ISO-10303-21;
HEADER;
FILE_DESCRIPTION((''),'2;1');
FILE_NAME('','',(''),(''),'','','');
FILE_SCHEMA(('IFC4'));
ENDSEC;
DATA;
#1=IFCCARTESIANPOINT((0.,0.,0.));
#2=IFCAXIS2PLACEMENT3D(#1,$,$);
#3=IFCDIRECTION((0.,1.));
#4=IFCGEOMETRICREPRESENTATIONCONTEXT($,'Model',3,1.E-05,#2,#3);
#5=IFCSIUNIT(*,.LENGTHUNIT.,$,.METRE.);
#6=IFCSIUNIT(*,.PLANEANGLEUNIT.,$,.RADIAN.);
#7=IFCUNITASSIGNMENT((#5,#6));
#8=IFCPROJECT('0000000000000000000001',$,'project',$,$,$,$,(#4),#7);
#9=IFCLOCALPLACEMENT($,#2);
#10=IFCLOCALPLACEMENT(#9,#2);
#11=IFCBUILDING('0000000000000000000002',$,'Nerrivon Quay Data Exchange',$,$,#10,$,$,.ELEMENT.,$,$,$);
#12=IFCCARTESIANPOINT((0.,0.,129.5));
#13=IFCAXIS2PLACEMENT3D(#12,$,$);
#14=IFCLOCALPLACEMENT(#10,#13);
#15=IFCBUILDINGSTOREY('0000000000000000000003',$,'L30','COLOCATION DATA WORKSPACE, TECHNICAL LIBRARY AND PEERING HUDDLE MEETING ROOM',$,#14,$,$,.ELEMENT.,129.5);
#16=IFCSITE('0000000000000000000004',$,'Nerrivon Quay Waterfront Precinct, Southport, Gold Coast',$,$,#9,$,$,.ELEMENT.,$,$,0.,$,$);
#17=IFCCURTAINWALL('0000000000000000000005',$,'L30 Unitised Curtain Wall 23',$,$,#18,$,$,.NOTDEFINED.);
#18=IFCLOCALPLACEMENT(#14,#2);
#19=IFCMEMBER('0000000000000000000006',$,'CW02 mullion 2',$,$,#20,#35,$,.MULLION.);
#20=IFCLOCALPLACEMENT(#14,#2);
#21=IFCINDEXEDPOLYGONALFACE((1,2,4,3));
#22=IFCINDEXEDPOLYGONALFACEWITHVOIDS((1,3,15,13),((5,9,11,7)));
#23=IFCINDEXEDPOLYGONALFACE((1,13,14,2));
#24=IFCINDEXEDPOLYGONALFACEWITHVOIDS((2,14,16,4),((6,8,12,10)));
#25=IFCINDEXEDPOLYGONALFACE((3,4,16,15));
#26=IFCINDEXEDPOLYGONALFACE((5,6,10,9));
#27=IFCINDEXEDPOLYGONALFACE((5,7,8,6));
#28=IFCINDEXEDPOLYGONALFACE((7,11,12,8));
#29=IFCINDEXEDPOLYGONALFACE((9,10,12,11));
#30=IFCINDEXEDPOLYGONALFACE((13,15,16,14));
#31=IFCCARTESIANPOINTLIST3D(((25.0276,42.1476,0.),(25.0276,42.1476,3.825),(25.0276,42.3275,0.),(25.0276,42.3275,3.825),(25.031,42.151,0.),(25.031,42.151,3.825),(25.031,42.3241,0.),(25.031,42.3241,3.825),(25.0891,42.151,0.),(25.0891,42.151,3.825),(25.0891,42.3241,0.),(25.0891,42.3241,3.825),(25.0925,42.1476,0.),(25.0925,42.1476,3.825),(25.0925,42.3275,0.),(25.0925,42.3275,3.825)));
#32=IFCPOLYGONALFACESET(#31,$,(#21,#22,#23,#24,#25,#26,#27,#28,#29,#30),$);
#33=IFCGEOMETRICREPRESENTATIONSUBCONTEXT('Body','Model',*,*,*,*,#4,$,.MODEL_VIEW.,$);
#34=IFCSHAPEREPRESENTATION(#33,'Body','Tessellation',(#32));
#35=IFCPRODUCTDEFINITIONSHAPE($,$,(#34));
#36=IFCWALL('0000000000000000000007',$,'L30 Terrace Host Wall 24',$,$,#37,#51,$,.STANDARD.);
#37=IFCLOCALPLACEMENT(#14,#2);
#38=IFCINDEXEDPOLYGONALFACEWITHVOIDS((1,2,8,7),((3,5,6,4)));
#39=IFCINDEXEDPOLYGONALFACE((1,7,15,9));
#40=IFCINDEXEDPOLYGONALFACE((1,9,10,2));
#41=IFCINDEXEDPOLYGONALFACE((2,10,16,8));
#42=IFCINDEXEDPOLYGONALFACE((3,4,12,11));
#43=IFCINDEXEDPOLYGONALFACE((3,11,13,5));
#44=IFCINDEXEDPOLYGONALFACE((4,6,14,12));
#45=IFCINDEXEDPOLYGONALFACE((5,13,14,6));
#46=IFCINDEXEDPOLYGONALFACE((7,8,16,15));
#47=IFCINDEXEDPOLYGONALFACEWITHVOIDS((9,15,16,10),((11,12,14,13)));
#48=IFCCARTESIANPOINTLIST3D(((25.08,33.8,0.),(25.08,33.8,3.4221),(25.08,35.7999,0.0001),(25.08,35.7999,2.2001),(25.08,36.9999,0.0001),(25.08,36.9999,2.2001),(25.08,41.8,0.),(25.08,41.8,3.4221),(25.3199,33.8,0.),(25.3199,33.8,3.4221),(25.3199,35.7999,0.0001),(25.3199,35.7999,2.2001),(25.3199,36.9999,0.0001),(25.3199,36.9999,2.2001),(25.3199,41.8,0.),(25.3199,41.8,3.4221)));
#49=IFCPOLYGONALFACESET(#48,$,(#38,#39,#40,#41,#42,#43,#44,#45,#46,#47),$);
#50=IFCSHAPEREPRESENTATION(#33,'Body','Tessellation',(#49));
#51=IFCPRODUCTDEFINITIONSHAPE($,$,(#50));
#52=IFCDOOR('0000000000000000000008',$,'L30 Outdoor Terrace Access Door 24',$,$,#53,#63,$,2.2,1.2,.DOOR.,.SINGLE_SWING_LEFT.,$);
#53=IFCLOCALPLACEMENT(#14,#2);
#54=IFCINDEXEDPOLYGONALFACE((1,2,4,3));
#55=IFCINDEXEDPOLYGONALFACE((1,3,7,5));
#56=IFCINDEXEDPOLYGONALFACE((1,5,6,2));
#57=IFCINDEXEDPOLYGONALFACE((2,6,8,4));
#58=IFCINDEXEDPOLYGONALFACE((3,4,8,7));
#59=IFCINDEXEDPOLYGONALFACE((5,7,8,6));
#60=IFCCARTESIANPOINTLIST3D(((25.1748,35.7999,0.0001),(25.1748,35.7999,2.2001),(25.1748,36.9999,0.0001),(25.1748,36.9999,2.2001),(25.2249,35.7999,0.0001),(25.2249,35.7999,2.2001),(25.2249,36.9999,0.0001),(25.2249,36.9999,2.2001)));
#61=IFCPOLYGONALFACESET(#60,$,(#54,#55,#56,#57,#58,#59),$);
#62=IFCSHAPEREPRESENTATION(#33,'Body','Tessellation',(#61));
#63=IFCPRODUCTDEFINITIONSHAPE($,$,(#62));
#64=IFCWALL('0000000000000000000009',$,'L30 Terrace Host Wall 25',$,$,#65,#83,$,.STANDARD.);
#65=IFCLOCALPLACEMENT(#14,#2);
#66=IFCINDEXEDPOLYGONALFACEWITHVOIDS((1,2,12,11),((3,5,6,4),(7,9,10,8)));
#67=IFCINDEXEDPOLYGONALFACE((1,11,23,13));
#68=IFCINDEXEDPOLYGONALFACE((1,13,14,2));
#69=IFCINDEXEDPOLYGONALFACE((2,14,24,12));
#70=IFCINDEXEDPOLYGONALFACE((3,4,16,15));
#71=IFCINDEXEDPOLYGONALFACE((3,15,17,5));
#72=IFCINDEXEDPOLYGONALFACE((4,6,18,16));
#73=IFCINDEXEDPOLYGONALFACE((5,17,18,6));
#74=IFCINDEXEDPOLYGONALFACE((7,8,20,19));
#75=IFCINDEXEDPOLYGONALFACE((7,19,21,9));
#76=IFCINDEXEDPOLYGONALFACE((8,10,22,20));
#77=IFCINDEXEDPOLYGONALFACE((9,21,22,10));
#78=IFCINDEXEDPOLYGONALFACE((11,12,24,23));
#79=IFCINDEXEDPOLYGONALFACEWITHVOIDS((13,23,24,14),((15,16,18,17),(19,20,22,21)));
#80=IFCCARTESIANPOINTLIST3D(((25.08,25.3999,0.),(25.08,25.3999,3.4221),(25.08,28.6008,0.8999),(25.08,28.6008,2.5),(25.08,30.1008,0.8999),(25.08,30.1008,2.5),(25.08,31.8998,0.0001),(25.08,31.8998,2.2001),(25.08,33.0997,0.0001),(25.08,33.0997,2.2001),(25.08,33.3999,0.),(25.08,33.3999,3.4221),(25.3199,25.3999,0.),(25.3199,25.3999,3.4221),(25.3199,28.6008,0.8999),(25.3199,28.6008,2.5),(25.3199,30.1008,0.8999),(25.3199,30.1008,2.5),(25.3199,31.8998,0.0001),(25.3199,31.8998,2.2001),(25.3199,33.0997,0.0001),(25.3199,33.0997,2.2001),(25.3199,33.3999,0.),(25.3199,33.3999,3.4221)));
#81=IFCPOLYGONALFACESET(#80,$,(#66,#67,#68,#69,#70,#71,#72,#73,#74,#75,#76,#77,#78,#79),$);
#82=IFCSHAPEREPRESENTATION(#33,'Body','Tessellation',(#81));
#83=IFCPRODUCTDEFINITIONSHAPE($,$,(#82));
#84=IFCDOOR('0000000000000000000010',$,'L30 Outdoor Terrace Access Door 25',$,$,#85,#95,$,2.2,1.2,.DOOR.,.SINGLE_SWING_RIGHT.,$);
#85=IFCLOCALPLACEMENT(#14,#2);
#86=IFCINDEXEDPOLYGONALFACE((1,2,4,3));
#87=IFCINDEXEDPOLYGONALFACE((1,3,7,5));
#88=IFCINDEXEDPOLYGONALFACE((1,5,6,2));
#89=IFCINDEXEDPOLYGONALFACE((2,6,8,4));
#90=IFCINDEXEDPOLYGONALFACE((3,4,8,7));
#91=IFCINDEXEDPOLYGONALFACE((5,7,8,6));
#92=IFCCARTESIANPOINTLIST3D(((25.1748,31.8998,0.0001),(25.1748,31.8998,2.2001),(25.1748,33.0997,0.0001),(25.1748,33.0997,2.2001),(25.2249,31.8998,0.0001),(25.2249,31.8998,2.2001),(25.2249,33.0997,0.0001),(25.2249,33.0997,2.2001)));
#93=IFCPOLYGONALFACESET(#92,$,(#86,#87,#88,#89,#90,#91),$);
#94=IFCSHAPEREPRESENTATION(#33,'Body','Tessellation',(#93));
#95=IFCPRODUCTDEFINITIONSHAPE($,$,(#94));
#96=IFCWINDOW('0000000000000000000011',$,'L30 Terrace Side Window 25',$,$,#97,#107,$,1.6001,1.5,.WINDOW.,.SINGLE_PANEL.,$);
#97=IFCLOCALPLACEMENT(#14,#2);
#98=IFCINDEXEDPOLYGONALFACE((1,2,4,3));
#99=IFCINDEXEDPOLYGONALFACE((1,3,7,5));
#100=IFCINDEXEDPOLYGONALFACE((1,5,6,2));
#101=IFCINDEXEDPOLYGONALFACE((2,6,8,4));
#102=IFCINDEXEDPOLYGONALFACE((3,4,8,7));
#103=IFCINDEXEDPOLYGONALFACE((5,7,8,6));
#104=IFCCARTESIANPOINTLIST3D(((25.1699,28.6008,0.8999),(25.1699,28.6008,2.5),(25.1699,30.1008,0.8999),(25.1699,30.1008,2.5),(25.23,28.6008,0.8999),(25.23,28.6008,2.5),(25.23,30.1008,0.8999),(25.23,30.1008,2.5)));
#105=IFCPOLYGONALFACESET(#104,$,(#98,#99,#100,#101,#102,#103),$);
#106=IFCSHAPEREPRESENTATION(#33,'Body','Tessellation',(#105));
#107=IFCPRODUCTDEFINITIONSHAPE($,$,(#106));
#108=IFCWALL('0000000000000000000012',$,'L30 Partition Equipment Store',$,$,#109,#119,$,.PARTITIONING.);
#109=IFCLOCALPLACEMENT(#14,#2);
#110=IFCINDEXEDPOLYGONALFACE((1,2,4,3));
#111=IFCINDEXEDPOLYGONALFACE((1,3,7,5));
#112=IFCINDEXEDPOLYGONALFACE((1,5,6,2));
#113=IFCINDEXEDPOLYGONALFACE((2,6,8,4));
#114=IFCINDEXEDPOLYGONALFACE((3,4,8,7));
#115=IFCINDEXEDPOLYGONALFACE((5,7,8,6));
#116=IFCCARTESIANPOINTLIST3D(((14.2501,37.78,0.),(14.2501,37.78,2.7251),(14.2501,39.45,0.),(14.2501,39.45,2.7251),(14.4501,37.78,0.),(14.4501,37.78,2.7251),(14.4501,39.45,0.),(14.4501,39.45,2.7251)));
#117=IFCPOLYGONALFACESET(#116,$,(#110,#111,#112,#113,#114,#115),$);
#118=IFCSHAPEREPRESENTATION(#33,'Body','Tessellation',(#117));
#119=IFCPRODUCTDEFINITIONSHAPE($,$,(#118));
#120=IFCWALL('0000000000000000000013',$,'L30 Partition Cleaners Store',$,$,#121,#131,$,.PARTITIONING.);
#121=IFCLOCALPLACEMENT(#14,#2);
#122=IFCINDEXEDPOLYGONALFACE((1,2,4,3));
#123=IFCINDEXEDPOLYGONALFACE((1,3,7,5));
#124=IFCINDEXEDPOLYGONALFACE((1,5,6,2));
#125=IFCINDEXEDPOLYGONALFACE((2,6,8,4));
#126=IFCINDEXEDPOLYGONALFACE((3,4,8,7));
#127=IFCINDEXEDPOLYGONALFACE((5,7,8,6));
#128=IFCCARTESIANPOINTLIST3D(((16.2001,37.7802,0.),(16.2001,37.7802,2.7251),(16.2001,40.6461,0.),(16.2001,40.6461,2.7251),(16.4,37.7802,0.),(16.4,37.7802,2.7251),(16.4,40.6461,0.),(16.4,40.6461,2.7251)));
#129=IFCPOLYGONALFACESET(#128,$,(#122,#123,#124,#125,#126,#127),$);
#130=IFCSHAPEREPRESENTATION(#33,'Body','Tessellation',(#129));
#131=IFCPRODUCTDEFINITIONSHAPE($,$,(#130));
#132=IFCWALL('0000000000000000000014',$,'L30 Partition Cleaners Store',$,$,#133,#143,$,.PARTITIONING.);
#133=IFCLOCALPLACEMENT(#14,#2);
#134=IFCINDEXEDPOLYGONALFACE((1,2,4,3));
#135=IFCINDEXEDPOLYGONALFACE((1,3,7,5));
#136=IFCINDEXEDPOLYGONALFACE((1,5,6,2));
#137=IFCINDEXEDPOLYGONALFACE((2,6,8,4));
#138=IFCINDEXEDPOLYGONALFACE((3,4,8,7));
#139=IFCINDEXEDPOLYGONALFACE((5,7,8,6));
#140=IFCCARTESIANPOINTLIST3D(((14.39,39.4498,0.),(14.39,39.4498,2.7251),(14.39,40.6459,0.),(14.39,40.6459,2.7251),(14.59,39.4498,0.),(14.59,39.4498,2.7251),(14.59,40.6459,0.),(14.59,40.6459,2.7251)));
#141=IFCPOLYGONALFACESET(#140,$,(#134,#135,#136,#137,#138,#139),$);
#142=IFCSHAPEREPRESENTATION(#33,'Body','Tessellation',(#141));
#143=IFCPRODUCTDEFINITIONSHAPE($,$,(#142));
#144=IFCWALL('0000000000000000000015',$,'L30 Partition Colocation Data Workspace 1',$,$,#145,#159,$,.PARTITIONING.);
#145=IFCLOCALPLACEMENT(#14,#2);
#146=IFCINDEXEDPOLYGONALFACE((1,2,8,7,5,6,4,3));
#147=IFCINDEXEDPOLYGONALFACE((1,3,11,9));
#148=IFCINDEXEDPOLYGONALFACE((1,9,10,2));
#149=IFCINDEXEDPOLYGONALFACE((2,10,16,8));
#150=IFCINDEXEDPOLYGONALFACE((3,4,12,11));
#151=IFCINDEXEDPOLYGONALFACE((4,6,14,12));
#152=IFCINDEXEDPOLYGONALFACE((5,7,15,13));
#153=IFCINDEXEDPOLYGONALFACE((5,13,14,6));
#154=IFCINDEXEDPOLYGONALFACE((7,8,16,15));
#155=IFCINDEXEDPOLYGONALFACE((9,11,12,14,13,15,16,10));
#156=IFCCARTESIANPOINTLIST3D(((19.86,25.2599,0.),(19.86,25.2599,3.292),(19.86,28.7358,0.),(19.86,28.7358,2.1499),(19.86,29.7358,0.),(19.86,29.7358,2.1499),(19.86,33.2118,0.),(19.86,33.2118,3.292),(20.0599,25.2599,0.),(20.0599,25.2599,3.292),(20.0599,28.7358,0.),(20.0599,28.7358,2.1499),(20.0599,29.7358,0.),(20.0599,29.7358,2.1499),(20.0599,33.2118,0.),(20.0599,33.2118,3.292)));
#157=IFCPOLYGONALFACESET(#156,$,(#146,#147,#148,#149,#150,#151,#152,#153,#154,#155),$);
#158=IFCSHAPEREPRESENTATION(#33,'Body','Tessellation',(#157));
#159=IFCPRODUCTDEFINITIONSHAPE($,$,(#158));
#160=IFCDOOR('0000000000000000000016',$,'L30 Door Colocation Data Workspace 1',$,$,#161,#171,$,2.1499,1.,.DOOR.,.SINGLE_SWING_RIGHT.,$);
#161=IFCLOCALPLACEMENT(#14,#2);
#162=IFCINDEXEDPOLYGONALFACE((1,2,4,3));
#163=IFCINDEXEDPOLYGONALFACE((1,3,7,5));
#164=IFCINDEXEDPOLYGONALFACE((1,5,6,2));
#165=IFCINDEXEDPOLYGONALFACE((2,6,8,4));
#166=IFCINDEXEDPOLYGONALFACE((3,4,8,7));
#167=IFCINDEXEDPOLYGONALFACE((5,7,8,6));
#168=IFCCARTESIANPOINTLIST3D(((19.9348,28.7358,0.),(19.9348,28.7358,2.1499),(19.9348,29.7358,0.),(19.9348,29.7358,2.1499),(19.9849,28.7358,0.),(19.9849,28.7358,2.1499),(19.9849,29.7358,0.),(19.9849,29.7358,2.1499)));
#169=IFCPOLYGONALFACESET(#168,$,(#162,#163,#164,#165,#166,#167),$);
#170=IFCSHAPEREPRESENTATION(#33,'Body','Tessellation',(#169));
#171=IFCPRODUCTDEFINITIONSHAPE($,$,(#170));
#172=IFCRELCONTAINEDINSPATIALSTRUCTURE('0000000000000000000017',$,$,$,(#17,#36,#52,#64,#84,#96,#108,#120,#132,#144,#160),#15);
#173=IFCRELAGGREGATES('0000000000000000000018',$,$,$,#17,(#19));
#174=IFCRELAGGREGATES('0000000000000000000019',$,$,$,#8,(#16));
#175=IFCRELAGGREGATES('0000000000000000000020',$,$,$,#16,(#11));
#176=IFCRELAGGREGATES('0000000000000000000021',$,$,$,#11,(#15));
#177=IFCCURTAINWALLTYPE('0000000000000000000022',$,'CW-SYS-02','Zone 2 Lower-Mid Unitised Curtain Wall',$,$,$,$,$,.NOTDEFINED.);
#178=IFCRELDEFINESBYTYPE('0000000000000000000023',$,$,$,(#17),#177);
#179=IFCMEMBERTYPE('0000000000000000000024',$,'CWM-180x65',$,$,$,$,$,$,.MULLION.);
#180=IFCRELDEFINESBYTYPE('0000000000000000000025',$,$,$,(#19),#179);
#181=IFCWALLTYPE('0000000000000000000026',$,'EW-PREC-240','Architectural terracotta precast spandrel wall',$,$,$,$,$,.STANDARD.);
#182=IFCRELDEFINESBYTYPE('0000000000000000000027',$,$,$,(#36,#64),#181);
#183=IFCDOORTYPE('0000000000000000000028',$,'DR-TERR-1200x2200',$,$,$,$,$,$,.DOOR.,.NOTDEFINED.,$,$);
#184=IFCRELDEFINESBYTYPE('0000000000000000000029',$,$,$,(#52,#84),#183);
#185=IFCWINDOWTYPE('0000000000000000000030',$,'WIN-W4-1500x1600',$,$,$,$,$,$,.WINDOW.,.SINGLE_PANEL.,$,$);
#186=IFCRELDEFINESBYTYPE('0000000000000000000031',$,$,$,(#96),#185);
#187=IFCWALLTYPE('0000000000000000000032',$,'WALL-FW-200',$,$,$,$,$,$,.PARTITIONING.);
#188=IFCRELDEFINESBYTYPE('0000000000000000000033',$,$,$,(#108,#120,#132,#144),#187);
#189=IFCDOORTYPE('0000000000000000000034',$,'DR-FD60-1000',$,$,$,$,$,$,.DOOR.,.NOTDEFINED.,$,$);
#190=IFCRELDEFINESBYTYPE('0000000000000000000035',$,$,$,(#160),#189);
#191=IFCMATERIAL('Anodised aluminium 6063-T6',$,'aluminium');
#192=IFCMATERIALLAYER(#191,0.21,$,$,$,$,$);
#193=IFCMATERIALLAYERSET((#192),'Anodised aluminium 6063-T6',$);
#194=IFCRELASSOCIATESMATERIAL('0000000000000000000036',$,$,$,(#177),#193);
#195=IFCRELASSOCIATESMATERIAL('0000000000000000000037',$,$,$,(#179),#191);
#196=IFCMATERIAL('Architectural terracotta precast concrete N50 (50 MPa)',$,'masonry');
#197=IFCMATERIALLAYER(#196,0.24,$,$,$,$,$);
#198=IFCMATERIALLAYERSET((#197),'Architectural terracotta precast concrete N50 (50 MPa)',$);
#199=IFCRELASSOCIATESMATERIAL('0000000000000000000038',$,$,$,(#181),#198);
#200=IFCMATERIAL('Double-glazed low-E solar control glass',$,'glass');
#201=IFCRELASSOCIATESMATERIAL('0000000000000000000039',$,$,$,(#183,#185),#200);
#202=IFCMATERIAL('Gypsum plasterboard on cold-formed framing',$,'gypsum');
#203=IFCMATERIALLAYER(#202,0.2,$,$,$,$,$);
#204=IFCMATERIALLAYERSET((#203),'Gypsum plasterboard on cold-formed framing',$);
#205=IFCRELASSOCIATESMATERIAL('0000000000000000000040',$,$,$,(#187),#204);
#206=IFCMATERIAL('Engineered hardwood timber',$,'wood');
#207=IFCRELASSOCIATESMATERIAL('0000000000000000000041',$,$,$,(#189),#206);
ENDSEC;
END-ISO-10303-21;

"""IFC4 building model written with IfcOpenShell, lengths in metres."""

from ifc_helpers import new_model, si_unit, direction, frame, frame_2d, origin, origin_2d, place, context, subcontext, project, spatial, rectangle, hollow_rectangle, extrude, material, layer, layer_set, material_profile, profile_set, type_object, element, fill, aggregate, save


model = new_model("IFC4")

# Units and contexts
model_context = context("Model", 3, precision=1e-05, world=origin(), true_north=direction((0.0, 1.0)))
body_context = subcontext(model_context, "Body", "Model", "MODEL_VIEW")
ifc_project = project(units=[si_unit("LENGTHUNIT", "METRE"), si_unit("PLANEANGLEUNIT", "RADIAN")], contexts=[model_context])

# Site, building, storey
site_placement = place(None, origin())
site = spatial("IfcSite", under=ifc_project, at=site_placement, Name="Nerrivon Quay Waterfront Precinct, Southport, Gold Coast", CompositionType="ELEMENT", RefElevation=0.0)
building_placement = place(site_placement, origin())
building = spatial("IfcBuilding", under=site, at=building_placement, Name="Nerrivon Quay Data Exchange", CompositionType="ELEMENT")
storey_placement = place(building_placement, frame((0.0, 0.0, 129.5)))
storey = spatial("IfcBuildingStorey", under=building, at=storey_placement, Name="L30", Description="COLOCATION DATA WORKSPACE, TECHNICAL LIBRARY AND PEERING HUDDLE MEETING ROOM", CompositionType="ELEMENT", Elevation=129.5)

# Curtain wall, member
ifc_material_1 = material(Name="Anodised aluminium 6063-T6", Category="aluminium")
ifc_layer_1 = layer(ifc_material_1, 0.21)
ifc_layer_set_1 = layer_set([ifc_layer_1], Name="Anodised aluminium 6063-T6")
curtain_wall_type = type_object("IfcCurtainWallType", Name="CW-SYS-02", Description="Zone 2 Lower-Mid Unitised Curtain Wall", PredefinedType="NOTDEFINED", material=ifc_layer_set_1)
curtain_wall_placement = place(storey_placement, origin())
curtain_wall = element("IfcCurtainWall", 1, at=curtain_wall_placement, inside=storey, type_object=curtain_wall_type, Name="L30 Unitised Curtain Wall 23", PredefinedType="NOTDEFINED")
ifc_material_profile_1 = material_profile(ifc_material_1, hollow_rectangle(XDim=0.0649, YDim=0.1799, WallThickness=0.0034, at=origin_2d()), Name="ALU-MULL-180x65")
ifc_profile_set_1 = profile_set([ifc_material_profile_1], Name="Anodised aluminium 6063-T6")
member_type = type_object("IfcMemberType", Name="CWM-180x65", PredefinedType="MULLION", material=ifc_profile_set_1)
member_placement = place(storey_placement, frame((25.0601, 42.2375, 0.0), z_axis=(0.0, 0.0, 1.0), x_axis=(1.0, 0.0, 0.0)))
member = element("IfcMember", 2, at=member_placement, type_object=member_type, Name="CW02 mullion 2", PredefinedType="MULLION", context=body_context, shape_type="SweptSolid", body=[
    extrude(hollow_rectangle(XDim=0.0649, YDim=0.1799, WallThickness=0.0034, at=origin_2d()), origin(), (0.0, 0.0, 1.0), 3.825),
])
aggregate(curtain_wall, [member])

# Wall, opening, door
ifc_material_2 = material(Name="Architectural terracotta precast concrete N50 (50 MPa)", Category="masonry")
ifc_layer_2 = layer(ifc_material_2, 0.24)
ifc_layer_set_2 = layer_set([ifc_layer_2], Name="Architectural terracotta precast concrete N50 (50 MPa)")
wall_type_1 = type_object("IfcWallType", Name="EW-PREC-240", Description="Architectural terracotta precast spandrel wall", PredefinedType="STANDARD", material=ifc_layer_set_2)
wall_1_placement = place(storey_placement, frame((25.2, 41.8, 0.0), z_axis=(0.0, 0.0, 1.0), x_axis=(0.0, -1.0, 0.0)))
wall_1 = element("IfcWall", 3, at=wall_1_placement, inside=storey, type_object=wall_type_1, Name="L30 Terrace Host Wall 24", PredefinedType="STANDARD", context=body_context, shape_type="SweptSolid", body=[
    extrude(rectangle(XDim=8.0, YDim=0.24, at=frame_2d((4.0, 0.0))), origin(), (0.0, 0.0, 1.0), 3.4221),
])
opening_1_placement = place(wall_1_placement, frame((4.8, 0.0, 0.0)))
opening_1 = element("IfcOpeningElement", 4, at=opening_1_placement, cuts=wall_1, PredefinedType="OPENING", context=body_context, shape_type="SweptSolid", body=[
    extrude(rectangle(XDim=1.2, YDim=2.2, at=frame_2d((0.6001, 1.1001))), frame((0.0, 0.1299, 0.0), z_axis=(0.0, -1.0, 0.0), x_axis=(1.0, 0.0, 0.0)), (0.0, 0.0, 1.0), 0.26),
])
ifc_material_3 = material(Name="Double-glazed low-E solar control glass", Category="glass")
door_type_1 = type_object("IfcDoorType", Name="DR-TERR-1200x2200", OperationType="NOTDEFINED", PredefinedType="DOOR", material=ifc_material_3)
door_1_placement = place(opening_1_placement, origin())
door_1 = element("IfcDoor", 5, at=door_1_placement, inside=storey, type_object=door_type_1, Name="L30 Outdoor Terrace Access Door 24", OperationType="SINGLE_SWING_LEFT", OverallHeight=2.2, OverallWidth=1.2, PredefinedType="DOOR", context=body_context, shape_type="SweptSolid", body=[
    extrude(rectangle(XDim=1.2, YDim=2.2, at=frame_2d((0.6001, 1.1001))), frame((0.0, 0.0249, 0.0), z_axis=(0.0, -1.0, 0.0), x_axis=(1.0, 0.0, 0.0)), (0.0, 0.0, 1.0), 0.05),
])
fill(opening_1, door_1)

# Wall, openings, door, window
wall_2_placement = place(storey_placement, frame((25.2, 33.3999, 0.0), z_axis=(0.0, 0.0, 1.0), x_axis=(0.0, -1.0, 0.0)))
wall_2 = element("IfcWall", 6, at=wall_2_placement, inside=storey, type_object=wall_type_1, Name="L30 Terrace Host Wall 25", PredefinedType="STANDARD", context=body_context, shape_type="SweptSolid", body=[
    extrude(rectangle(XDim=8.0, YDim=0.24, at=frame_2d((4.0, 0.0))), origin(), (0.0, 0.0, 1.0), 3.4221),
])
opening_2_placement = place(wall_2_placement, frame((0.3, 0.0, 0.0)))
opening_2 = element("IfcOpeningElement", 7, at=opening_2_placement, cuts=wall_2, PredefinedType="OPENING", context=body_context, shape_type="SweptSolid", body=[
    extrude(rectangle(XDim=1.2, YDim=2.2, at=frame_2d((0.6001, 1.1001))), frame((0.0, 0.1299, 0.0), z_axis=(0.0, -1.0, 0.0), x_axis=(1.0, 0.0, 0.0)), (0.0, 0.0, 1.0), 0.26),
])
opening_3_placement = place(wall_2_placement, frame((3.2991, 0.0, 0.8999)))
opening_3 = element("IfcOpeningElement", 8, at=opening_3_placement, cuts=wall_2, PredefinedType="OPENING", context=body_context, shape_type="SweptSolid", body=[
    extrude(rectangle(XDim=1.5, YDim=1.6001, at=frame_2d((0.75, 0.8))), frame((0.0, 0.1299, 0.0), z_axis=(0.0, -1.0, 0.0), x_axis=(1.0, 0.0, 0.0)), (0.0, 0.0, 1.0), 0.26),
])
door_2_placement = place(opening_2_placement, origin())
door_2 = element("IfcDoor", 9, at=door_2_placement, inside=storey, type_object=door_type_1, Name="L30 Outdoor Terrace Access Door 25", OperationType="SINGLE_SWING_RIGHT", OverallHeight=2.2, OverallWidth=1.2, PredefinedType="DOOR", context=body_context, shape_type="SweptSolid", body=[
    extrude(rectangle(XDim=1.2, YDim=2.2, at=frame_2d((0.6001, 1.1001))), frame((0.0, 0.0249, 0.0), z_axis=(0.0, -1.0, 0.0), x_axis=(1.0, 0.0, 0.0)), (0.0, 0.0, 1.0), 0.05),
])
fill(opening_2, door_2)
window_type = type_object("IfcWindowType", Name="WIN-W4-1500x1600", PartitioningType="SINGLE_PANEL", PredefinedType="WINDOW", material=ifc_material_3)
window_placement = place(opening_3_placement, origin())
window = element("IfcWindow", 10, at=window_placement, inside=storey, type_object=window_type, Name="L30 Terrace Side Window 25", OverallHeight=1.6001, OverallWidth=1.5, PartitioningType="SINGLE_PANEL", PredefinedType="WINDOW", context=body_context, shape_type="SweptSolid", body=[
    extrude(rectangle(XDim=1.5, YDim=1.6001, at=frame_2d((0.75, 0.8))), frame((0.0, 0.03, 0.0), z_axis=(0.0, -1.0, 0.0), x_axis=(1.0, 0.0, 0.0)), (0.0, 0.0, 1.0), 0.0601),
])
fill(opening_3, window)

# Walls
ifc_material_4 = material(Name="Gypsum plasterboard on cold-formed framing", Category="gypsum")
ifc_layer_3 = layer(ifc_material_4, 0.2)
ifc_layer_set_3 = layer_set([ifc_layer_3], Name="Gypsum plasterboard on cold-formed framing")
wall_type_2 = type_object("IfcWallType", Name="WALL-FW-200", PredefinedType="PARTITIONING", material=ifc_layer_set_3)
wall_3_placement = place(storey_placement, frame((14.3501, 37.78, 0.0), z_axis=(0.0, 0.0, 1.0), x_axis=(0.0, 1.0, 0.0)))
element("IfcWall", 11, at=wall_3_placement, inside=storey, type_object=wall_type_2, Name="L30 Partition Equipment Store", PredefinedType="PARTITIONING", context=body_context, shape_type="SweptSolid", body=[
    extrude(rectangle(XDim=1.6699, YDim=0.2, at=frame_2d((0.835, 0.0))), origin(), (0.0, 0.0, 1.0), 2.7251),
])
wall_4_placement = place(storey_placement, frame((16.3, 37.78, 0.0), z_axis=(0.0, 0.0, 1.0), x_axis=(0.0, 1.0, 0.0)))
element("IfcWall", 12, at=wall_4_placement, inside=storey, type_object=wall_type_2, Name="L30 Partition Cleaners Store", PredefinedType="PARTITIONING", context=body_context, shape_type="SweptSolid", body=[
    extrude(rectangle(XDim=2.866, YDim=0.2, at=frame_2d((1.4331, 0.0))), origin(), (0.0, 0.0, 1.0), 2.7251),
])
wall_5_placement = place(storey_placement, frame((14.49, 40.646, 0.0), z_axis=(0.0, 0.0, 1.0), x_axis=(0.0, -1.0, 0.0)))
element("IfcWall", 13, at=wall_5_placement, inside=storey, type_object=wall_type_2, Name="L30 Partition Cleaners Store", PredefinedType="PARTITIONING", context=body_context, shape_type="SweptSolid", body=[
    extrude(rectangle(XDim=1.196, YDim=0.2, at=frame_2d((0.5981, 0.0))), origin(), (0.0, 0.0, 1.0), 2.7251),
])

# Wall, opening, door
wall_6_placement = place(storey_placement, frame((19.96, 33.2119, 0.0), z_axis=(0.0, 0.0, 1.0), x_axis=(0.0, -1.0, 0.0)))
wall_6 = element("IfcWall", 14, at=wall_6_placement, inside=storey, type_object=wall_type_2, Name="L30 Partition Colocation Data Workspace 1", PredefinedType="PARTITIONING", context=body_context, shape_type="SweptSolid", body=[
    extrude(rectangle(XDim=7.9519, YDim=0.2, at=frame_2d((3.9761, 0.0))), origin(), (0.0, 0.0, 1.0), 3.292),
])
opening_4_placement = place(wall_6_placement, frame((3.4761, 0.0, 0.0)))
opening_4 = element("IfcOpeningElement", 15, at=opening_4_placement, cuts=wall_6, PredefinedType="OPENING", context=body_context, shape_type="SweptSolid", body=[
    extrude(rectangle(XDim=1.0, YDim=2.1499, at=frame_2d((0.5, 1.075))), frame((0.0, 0.1099, 0.0), z_axis=(0.0, -1.0, 0.0), x_axis=(1.0, 0.0, 0.0)), (0.0, 0.0, 1.0), 0.22),
])
ifc_material_5 = material(Name="Engineered hardwood timber", Category="wood")
door_type_2 = type_object("IfcDoorType", Name="DR-FD60-1000", OperationType="NOTDEFINED", PredefinedType="DOOR", material=ifc_material_5)
door_3_placement = place(opening_4_placement, origin())
door_3 = element("IfcDoor", 16, at=door_3_placement, inside=storey, type_object=door_type_2, Name="L30 Door Colocation Data Workspace 1", OperationType="SINGLE_SWING_RIGHT", OverallHeight=2.1499, OverallWidth=1.0, PredefinedType="DOOR", context=body_context, shape_type="SweptSolid", body=[
    extrude(rectangle(XDim=1.0, YDim=2.1499, at=frame_2d((0.5, 1.075))), frame((0.0, 0.0249, 0.0), z_axis=(0.0, -1.0, 0.0), x_axis=(1.0, 0.0, 0.0)), (0.0, 0.0, 1.0), 0.05),
])
fill(opening_4, door_3)

save(model, "model.ifc")
